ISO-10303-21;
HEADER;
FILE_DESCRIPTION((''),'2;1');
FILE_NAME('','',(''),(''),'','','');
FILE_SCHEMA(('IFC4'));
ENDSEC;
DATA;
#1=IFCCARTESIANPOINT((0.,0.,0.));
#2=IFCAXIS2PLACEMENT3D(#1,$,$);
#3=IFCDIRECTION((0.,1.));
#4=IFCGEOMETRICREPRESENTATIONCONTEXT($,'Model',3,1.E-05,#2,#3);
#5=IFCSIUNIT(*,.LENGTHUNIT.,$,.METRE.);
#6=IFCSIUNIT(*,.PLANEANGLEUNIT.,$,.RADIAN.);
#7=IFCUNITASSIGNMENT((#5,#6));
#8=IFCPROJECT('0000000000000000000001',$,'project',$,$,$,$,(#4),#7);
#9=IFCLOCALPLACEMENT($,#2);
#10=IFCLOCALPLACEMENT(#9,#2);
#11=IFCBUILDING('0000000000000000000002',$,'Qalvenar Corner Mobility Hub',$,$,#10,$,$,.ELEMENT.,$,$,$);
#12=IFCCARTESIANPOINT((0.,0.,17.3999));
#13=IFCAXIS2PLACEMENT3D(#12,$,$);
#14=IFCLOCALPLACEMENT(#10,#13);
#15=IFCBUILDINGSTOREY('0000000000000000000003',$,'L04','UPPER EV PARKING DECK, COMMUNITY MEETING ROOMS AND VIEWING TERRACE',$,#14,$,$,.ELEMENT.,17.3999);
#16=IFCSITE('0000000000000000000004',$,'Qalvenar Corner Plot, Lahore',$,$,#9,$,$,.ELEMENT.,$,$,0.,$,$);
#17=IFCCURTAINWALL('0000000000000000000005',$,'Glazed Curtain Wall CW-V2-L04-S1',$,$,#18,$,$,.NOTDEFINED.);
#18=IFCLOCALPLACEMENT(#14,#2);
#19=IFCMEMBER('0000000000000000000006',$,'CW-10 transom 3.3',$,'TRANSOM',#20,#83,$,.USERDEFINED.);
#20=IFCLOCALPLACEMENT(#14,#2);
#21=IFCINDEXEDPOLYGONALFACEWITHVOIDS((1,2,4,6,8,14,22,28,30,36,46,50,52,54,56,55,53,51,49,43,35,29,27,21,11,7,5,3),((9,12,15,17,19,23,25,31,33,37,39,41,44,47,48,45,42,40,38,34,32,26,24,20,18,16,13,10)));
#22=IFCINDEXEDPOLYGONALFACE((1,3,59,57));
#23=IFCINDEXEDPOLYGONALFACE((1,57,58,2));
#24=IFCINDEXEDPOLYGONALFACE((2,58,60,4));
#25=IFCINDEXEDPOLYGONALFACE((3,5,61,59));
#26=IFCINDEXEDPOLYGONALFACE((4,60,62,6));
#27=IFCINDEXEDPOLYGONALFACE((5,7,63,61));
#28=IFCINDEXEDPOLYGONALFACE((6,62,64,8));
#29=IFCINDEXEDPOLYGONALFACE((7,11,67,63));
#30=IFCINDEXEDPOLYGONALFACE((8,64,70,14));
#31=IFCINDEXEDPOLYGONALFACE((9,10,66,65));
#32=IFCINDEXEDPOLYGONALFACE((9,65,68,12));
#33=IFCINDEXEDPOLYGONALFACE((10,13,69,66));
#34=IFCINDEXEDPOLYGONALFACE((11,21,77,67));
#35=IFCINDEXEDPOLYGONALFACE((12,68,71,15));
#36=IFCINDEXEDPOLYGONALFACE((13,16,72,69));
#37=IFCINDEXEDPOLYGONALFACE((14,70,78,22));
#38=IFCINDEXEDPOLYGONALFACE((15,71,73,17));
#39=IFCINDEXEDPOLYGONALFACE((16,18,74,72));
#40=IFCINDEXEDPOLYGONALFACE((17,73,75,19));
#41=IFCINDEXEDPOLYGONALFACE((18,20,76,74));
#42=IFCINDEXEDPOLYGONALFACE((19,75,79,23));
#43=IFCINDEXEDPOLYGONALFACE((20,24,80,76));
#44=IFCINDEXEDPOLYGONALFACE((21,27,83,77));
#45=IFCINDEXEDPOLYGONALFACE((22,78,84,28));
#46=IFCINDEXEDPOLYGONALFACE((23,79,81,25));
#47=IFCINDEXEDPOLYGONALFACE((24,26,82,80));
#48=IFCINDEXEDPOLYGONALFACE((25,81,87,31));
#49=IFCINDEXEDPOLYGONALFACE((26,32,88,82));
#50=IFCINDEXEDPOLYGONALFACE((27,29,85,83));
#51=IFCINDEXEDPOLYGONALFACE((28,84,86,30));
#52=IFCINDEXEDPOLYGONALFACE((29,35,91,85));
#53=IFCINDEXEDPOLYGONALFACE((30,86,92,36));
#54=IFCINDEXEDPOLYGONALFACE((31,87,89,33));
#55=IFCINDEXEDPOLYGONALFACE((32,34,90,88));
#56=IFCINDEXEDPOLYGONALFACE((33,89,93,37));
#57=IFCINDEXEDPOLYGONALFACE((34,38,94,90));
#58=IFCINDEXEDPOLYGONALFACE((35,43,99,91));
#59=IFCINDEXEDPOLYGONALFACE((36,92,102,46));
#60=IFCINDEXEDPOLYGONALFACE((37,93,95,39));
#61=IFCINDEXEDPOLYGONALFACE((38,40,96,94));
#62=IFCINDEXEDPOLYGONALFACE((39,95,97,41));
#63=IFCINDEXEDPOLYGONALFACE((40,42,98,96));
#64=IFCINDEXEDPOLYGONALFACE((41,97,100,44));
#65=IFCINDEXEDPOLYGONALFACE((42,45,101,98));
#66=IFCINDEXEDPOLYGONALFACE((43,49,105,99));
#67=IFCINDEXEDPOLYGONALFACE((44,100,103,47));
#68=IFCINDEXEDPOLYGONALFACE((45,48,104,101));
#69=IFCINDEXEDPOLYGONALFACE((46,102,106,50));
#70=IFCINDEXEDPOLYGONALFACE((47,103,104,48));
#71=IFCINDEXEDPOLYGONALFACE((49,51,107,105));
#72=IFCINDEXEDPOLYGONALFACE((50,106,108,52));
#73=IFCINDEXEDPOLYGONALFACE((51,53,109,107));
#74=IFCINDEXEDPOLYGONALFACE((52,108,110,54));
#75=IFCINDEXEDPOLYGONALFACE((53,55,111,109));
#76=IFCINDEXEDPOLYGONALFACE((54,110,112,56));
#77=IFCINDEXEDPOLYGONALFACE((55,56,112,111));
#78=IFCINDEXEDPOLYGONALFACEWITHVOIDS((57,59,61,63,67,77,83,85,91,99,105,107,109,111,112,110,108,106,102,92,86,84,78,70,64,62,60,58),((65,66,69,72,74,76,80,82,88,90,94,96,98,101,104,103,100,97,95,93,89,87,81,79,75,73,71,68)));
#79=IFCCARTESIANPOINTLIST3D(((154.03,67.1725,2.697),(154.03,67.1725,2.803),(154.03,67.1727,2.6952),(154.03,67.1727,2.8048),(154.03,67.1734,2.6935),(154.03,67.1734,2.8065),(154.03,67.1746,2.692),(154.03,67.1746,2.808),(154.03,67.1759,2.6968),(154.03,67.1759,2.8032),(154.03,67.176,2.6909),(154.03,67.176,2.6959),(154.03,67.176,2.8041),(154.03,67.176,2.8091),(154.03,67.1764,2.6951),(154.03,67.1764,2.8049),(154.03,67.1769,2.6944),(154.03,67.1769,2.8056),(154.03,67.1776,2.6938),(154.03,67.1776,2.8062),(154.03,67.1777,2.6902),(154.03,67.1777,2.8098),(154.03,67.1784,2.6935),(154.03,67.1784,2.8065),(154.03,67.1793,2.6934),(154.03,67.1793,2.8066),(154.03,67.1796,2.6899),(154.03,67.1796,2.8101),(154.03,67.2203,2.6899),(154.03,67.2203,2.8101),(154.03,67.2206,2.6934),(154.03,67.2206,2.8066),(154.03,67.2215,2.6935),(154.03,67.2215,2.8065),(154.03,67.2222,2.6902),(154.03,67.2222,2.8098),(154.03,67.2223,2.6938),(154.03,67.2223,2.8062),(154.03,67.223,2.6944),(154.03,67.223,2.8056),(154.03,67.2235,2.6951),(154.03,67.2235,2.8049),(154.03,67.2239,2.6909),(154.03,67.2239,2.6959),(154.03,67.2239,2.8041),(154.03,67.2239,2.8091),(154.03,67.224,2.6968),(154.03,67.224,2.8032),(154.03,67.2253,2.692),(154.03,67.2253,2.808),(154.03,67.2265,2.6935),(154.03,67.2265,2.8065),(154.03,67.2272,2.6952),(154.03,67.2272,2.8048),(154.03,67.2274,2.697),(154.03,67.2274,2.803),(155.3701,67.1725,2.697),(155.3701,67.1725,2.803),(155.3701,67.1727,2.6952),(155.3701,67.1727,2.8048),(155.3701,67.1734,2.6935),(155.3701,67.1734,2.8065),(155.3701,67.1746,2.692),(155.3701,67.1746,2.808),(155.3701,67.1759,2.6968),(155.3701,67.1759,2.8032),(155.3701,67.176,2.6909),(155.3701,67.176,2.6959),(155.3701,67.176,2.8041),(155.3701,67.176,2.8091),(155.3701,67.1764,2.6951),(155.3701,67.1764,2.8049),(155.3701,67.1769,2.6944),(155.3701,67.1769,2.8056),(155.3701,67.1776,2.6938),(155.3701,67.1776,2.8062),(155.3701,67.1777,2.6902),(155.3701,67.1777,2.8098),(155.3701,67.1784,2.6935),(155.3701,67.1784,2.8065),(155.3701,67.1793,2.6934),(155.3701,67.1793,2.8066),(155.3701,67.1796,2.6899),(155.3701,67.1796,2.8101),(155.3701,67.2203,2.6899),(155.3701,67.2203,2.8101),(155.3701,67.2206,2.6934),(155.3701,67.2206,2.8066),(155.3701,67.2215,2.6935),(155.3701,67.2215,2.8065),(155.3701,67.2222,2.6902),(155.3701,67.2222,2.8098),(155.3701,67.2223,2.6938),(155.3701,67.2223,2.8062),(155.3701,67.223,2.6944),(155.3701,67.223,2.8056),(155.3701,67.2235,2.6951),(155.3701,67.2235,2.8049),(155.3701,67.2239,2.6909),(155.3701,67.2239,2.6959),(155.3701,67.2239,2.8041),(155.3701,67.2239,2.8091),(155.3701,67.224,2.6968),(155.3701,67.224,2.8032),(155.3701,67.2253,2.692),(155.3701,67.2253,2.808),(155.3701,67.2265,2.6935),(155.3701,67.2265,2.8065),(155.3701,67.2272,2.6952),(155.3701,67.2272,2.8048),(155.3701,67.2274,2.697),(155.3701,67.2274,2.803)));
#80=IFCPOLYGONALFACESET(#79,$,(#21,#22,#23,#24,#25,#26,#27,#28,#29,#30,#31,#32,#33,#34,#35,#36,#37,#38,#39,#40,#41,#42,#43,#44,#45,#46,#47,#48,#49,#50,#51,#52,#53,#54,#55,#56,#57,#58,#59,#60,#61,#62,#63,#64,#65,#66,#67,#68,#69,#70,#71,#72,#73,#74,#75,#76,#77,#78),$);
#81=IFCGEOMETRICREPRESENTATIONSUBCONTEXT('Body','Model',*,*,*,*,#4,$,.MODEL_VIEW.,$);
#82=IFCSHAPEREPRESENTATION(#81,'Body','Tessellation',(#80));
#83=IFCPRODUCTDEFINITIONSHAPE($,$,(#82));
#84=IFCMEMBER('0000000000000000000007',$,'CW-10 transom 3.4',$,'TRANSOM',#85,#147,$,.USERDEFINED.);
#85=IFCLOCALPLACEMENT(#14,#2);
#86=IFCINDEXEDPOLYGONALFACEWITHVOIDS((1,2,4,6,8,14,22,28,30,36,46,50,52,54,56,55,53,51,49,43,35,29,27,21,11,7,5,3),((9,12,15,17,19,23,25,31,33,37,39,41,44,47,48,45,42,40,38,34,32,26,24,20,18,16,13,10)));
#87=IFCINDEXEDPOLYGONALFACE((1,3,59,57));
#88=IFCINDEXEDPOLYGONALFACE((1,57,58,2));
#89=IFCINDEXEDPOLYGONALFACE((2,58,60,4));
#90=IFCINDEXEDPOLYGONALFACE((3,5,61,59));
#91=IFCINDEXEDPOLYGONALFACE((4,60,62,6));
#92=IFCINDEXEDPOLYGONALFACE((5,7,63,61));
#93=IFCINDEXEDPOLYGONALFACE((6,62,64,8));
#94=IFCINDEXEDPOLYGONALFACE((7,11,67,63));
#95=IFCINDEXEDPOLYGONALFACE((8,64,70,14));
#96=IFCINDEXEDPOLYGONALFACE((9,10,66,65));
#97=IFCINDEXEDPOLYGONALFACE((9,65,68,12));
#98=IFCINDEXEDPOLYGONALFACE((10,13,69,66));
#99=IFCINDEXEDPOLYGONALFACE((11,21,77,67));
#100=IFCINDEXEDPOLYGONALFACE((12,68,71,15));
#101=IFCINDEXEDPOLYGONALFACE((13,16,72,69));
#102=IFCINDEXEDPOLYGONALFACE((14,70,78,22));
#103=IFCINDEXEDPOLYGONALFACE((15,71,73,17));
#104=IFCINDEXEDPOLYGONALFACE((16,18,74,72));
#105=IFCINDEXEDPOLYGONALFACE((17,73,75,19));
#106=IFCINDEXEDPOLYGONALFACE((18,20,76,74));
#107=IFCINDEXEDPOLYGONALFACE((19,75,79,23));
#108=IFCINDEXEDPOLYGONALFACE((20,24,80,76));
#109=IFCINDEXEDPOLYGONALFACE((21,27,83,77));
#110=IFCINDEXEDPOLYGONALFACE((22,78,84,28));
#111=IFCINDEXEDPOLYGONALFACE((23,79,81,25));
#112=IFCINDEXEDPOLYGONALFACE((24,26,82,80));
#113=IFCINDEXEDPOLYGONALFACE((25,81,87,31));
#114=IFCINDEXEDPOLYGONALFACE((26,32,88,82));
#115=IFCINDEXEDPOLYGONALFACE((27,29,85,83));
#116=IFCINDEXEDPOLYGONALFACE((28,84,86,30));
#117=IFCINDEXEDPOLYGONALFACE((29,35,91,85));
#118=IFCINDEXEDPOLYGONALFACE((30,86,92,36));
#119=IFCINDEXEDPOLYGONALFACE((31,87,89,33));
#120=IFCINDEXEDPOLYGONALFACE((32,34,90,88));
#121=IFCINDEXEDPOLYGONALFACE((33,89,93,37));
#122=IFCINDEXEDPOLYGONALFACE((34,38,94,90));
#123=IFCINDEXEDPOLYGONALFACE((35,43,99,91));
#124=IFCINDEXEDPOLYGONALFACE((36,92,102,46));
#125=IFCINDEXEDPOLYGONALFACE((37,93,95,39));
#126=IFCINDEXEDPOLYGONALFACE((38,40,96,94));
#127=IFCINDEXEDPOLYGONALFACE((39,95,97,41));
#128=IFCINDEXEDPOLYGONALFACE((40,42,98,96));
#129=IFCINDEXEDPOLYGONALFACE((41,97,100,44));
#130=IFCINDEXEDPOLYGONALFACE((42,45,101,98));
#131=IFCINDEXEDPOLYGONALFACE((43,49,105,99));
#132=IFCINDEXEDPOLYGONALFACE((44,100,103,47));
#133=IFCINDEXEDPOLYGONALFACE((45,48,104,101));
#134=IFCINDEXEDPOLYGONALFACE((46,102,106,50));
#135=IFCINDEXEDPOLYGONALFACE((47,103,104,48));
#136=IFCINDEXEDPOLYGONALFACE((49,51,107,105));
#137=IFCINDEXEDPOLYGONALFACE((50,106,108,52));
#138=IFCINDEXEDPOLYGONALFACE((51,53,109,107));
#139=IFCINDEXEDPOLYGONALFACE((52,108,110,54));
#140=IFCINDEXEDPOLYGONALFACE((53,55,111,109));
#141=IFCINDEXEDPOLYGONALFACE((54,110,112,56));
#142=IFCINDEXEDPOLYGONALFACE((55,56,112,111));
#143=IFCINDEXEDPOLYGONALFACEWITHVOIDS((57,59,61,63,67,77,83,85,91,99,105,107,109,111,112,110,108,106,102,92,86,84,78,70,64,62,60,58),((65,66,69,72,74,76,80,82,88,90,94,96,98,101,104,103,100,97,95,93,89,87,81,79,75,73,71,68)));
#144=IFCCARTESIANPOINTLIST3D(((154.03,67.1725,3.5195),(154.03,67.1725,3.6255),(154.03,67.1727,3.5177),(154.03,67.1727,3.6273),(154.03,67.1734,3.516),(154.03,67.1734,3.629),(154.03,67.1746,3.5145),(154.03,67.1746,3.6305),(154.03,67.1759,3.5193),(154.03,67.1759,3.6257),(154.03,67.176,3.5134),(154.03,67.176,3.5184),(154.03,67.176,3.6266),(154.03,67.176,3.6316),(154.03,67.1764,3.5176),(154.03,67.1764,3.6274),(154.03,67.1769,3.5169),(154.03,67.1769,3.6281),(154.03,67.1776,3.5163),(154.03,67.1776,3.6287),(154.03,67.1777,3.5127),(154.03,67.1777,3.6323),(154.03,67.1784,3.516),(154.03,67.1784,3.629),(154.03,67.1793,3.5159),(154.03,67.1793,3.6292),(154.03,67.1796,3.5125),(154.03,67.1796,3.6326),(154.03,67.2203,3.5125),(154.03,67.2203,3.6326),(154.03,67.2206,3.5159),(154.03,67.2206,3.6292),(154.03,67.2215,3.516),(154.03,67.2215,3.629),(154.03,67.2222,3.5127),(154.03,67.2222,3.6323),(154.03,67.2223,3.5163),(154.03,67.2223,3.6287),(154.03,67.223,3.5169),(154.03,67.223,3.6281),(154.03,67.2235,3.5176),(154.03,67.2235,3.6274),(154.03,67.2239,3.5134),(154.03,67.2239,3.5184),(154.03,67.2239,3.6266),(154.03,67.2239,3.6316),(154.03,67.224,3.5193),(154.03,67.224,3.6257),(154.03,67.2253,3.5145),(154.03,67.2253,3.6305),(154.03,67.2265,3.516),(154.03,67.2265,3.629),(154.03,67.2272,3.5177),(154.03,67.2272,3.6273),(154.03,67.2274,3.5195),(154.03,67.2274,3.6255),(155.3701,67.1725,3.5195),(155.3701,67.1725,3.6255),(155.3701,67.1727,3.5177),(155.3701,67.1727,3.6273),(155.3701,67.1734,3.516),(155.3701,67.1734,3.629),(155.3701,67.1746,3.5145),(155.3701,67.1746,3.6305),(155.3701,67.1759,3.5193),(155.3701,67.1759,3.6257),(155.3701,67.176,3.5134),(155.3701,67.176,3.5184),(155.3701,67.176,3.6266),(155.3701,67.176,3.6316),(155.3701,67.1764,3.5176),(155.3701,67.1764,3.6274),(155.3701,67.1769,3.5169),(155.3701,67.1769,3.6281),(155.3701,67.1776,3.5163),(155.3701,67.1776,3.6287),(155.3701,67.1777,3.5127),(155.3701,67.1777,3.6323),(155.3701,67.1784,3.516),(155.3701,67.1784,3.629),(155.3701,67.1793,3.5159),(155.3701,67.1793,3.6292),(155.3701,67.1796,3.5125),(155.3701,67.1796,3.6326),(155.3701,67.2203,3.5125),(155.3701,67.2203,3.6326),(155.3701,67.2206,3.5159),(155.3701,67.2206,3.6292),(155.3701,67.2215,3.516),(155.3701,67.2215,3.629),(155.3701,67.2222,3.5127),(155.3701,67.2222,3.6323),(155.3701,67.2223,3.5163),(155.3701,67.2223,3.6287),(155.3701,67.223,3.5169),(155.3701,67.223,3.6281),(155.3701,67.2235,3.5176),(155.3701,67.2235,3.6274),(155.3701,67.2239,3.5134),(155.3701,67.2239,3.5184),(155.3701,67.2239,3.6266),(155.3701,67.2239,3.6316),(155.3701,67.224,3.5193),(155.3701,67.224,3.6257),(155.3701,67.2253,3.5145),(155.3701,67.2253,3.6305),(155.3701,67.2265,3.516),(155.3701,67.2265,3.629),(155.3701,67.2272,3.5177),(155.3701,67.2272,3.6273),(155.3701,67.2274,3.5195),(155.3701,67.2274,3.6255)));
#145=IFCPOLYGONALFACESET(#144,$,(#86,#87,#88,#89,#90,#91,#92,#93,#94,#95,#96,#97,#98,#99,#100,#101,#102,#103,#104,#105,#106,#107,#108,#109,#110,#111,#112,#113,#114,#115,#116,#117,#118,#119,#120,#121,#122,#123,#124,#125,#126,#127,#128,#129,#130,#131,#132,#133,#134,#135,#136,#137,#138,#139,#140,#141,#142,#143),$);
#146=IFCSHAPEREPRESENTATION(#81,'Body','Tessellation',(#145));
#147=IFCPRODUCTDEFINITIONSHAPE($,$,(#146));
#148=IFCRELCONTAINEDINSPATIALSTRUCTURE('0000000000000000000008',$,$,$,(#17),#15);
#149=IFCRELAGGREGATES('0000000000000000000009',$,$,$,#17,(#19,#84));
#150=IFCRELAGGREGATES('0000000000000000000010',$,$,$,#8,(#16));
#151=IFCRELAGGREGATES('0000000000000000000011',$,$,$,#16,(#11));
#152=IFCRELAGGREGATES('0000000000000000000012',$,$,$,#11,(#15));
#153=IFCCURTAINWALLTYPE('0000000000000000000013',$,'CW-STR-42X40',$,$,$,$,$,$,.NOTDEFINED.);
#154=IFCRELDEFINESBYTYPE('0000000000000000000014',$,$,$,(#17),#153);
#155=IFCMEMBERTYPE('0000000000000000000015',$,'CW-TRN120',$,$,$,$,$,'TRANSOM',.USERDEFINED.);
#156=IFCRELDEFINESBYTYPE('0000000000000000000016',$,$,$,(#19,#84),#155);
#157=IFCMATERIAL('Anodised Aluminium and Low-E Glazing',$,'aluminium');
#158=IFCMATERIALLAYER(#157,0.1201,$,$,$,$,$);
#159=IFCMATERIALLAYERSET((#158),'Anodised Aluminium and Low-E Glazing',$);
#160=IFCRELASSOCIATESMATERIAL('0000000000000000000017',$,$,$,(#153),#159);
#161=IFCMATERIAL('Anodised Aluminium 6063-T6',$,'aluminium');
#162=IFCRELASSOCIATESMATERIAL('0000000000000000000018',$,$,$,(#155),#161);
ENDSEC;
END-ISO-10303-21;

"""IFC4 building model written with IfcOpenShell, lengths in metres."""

from ifc_helpers import new_model, si_unit, direction, frame, origin, origin_2d, place, context, subcontext, project, spatial, hollow_rectangle, extrude, material, layer, layer_set, material_profile, profile_set, type_object, element, aggregate, save


model = new_model("IFC4")

# Units and contexts
model_context = context("Model", 3, precision=1e-05, world=origin(), true_north=direction((0.0, 1.0)))
body_context = subcontext(model_context, "Body", "Model", "MODEL_VIEW")
ifc_project = project(units=[si_unit("LENGTHUNIT", "METRE"), si_unit("PLANEANGLEUNIT", "RADIAN")], contexts=[model_context])

# Site, building, storey
site_placement = place(None, origin())
site = spatial("IfcSite", under=ifc_project, at=site_placement, Name="Qalvenar Corner Plot, Lahore", CompositionType="ELEMENT", RefElevation=0.0)
building_placement = place(site_placement, origin())
building = spatial("IfcBuilding", under=site, at=building_placement, Name="Qalvenar Corner Mobility Hub", CompositionType="ELEMENT")
storey_placement = place(building_placement, frame((0.0, 0.0, 17.3999)))
storey = spatial("IfcBuildingStorey", under=building, at=storey_placement, Name="L04", Description="UPPER EV PARKING DECK, COMMUNITY MEETING ROOMS AND VIEWING TERRACE", CompositionType="ELEMENT", Elevation=17.3999)

# Curtain wall, members
ifc_material_1 = material(Name="Anodised Aluminium and Low-E Glazing", Category="aluminium")
ifc_layer_1 = layer(ifc_material_1, 0.1201)
ifc_layer_set_1 = layer_set([ifc_layer_1], Name="Anodised Aluminium and Low-E Glazing")
curtain_wall_type = type_object("IfcCurtainWallType", Name="CW-STR-42X40", PredefinedType="NOTDEFINED", material=ifc_layer_set_1)
curtain_wall_placement = place(storey_placement, origin())
curtain_wall = element("IfcCurtainWall", 1, at=curtain_wall_placement, inside=storey, type_object=curtain_wall_type, Name="Glazed Curtain Wall CW-V2-L04-S1", PredefinedType="NOTDEFINED")
ifc_material_2 = material(Name="Anodised Aluminium 6063-T6", Category="aluminium")
ifc_material_profile_1 = material_profile(ifc_material_2, hollow_rectangle(XDim=0.0549, YDim=0.1201, WallThickness=0.0034, InnerFilletRadius=0.0034, OuterFilletRadius=0.0071, at=origin_2d()), Name="RHS120x55x3.5")
ifc_profile_set_1 = profile_set([ifc_material_profile_1], Name="Anodised Aluminium 6063-T6")
member_type_1 = type_object("IfcMemberType", Name="CW-TRN120", ElementType="TRANSOM", PredefinedType="USERDEFINED", material=ifc_profile_set_1)
member_1_placement = place(storey_placement, frame((154.03, 67.2, 2.75), z_axis=(1.0, 0.0, 0.0), x_axis=(0.0, 1.0, 0.0)))
member_1 = element("IfcMember", 2, at=member_1_placement, type_object=member_type_1, Name="CW-10 transom 3.3", ObjectType="TRANSOM", PredefinedType="USERDEFINED", context=body_context, shape_type="SweptSolid", body=[
    extrude(hollow_rectangle(XDim=0.0549, YDim=0.1201, WallThickness=0.0034, InnerFilletRadius=0.0034, OuterFilletRadius=0.0071, at=origin_2d()), origin(), (0.0, 0.0, 1.0), 1.3401),
])
member_2_placement = place(storey_placement, frame((154.03, 67.2, 3.5725), z_axis=(1.0, 0.0, 0.0), x_axis=(0.0, 1.0, 0.0)))
member_2 = element("IfcMember", 3, at=member_2_placement, type_object=member_type_1, Name="CW-10 transom 3.4", ObjectType="TRANSOM", PredefinedType="USERDEFINED", context=body_context, shape_type="SweptSolid", body=[
    extrude(hollow_rectangle(XDim=0.0549, YDim=0.1201, WallThickness=0.0034, InnerFilletRadius=0.0034, OuterFilletRadius=0.0071, at=origin_2d()), origin(), (0.0, 0.0, 1.0), 1.3401),
])
aggregate(curtain_wall, [member_1, member_2])

save(model, "model.ifc")
